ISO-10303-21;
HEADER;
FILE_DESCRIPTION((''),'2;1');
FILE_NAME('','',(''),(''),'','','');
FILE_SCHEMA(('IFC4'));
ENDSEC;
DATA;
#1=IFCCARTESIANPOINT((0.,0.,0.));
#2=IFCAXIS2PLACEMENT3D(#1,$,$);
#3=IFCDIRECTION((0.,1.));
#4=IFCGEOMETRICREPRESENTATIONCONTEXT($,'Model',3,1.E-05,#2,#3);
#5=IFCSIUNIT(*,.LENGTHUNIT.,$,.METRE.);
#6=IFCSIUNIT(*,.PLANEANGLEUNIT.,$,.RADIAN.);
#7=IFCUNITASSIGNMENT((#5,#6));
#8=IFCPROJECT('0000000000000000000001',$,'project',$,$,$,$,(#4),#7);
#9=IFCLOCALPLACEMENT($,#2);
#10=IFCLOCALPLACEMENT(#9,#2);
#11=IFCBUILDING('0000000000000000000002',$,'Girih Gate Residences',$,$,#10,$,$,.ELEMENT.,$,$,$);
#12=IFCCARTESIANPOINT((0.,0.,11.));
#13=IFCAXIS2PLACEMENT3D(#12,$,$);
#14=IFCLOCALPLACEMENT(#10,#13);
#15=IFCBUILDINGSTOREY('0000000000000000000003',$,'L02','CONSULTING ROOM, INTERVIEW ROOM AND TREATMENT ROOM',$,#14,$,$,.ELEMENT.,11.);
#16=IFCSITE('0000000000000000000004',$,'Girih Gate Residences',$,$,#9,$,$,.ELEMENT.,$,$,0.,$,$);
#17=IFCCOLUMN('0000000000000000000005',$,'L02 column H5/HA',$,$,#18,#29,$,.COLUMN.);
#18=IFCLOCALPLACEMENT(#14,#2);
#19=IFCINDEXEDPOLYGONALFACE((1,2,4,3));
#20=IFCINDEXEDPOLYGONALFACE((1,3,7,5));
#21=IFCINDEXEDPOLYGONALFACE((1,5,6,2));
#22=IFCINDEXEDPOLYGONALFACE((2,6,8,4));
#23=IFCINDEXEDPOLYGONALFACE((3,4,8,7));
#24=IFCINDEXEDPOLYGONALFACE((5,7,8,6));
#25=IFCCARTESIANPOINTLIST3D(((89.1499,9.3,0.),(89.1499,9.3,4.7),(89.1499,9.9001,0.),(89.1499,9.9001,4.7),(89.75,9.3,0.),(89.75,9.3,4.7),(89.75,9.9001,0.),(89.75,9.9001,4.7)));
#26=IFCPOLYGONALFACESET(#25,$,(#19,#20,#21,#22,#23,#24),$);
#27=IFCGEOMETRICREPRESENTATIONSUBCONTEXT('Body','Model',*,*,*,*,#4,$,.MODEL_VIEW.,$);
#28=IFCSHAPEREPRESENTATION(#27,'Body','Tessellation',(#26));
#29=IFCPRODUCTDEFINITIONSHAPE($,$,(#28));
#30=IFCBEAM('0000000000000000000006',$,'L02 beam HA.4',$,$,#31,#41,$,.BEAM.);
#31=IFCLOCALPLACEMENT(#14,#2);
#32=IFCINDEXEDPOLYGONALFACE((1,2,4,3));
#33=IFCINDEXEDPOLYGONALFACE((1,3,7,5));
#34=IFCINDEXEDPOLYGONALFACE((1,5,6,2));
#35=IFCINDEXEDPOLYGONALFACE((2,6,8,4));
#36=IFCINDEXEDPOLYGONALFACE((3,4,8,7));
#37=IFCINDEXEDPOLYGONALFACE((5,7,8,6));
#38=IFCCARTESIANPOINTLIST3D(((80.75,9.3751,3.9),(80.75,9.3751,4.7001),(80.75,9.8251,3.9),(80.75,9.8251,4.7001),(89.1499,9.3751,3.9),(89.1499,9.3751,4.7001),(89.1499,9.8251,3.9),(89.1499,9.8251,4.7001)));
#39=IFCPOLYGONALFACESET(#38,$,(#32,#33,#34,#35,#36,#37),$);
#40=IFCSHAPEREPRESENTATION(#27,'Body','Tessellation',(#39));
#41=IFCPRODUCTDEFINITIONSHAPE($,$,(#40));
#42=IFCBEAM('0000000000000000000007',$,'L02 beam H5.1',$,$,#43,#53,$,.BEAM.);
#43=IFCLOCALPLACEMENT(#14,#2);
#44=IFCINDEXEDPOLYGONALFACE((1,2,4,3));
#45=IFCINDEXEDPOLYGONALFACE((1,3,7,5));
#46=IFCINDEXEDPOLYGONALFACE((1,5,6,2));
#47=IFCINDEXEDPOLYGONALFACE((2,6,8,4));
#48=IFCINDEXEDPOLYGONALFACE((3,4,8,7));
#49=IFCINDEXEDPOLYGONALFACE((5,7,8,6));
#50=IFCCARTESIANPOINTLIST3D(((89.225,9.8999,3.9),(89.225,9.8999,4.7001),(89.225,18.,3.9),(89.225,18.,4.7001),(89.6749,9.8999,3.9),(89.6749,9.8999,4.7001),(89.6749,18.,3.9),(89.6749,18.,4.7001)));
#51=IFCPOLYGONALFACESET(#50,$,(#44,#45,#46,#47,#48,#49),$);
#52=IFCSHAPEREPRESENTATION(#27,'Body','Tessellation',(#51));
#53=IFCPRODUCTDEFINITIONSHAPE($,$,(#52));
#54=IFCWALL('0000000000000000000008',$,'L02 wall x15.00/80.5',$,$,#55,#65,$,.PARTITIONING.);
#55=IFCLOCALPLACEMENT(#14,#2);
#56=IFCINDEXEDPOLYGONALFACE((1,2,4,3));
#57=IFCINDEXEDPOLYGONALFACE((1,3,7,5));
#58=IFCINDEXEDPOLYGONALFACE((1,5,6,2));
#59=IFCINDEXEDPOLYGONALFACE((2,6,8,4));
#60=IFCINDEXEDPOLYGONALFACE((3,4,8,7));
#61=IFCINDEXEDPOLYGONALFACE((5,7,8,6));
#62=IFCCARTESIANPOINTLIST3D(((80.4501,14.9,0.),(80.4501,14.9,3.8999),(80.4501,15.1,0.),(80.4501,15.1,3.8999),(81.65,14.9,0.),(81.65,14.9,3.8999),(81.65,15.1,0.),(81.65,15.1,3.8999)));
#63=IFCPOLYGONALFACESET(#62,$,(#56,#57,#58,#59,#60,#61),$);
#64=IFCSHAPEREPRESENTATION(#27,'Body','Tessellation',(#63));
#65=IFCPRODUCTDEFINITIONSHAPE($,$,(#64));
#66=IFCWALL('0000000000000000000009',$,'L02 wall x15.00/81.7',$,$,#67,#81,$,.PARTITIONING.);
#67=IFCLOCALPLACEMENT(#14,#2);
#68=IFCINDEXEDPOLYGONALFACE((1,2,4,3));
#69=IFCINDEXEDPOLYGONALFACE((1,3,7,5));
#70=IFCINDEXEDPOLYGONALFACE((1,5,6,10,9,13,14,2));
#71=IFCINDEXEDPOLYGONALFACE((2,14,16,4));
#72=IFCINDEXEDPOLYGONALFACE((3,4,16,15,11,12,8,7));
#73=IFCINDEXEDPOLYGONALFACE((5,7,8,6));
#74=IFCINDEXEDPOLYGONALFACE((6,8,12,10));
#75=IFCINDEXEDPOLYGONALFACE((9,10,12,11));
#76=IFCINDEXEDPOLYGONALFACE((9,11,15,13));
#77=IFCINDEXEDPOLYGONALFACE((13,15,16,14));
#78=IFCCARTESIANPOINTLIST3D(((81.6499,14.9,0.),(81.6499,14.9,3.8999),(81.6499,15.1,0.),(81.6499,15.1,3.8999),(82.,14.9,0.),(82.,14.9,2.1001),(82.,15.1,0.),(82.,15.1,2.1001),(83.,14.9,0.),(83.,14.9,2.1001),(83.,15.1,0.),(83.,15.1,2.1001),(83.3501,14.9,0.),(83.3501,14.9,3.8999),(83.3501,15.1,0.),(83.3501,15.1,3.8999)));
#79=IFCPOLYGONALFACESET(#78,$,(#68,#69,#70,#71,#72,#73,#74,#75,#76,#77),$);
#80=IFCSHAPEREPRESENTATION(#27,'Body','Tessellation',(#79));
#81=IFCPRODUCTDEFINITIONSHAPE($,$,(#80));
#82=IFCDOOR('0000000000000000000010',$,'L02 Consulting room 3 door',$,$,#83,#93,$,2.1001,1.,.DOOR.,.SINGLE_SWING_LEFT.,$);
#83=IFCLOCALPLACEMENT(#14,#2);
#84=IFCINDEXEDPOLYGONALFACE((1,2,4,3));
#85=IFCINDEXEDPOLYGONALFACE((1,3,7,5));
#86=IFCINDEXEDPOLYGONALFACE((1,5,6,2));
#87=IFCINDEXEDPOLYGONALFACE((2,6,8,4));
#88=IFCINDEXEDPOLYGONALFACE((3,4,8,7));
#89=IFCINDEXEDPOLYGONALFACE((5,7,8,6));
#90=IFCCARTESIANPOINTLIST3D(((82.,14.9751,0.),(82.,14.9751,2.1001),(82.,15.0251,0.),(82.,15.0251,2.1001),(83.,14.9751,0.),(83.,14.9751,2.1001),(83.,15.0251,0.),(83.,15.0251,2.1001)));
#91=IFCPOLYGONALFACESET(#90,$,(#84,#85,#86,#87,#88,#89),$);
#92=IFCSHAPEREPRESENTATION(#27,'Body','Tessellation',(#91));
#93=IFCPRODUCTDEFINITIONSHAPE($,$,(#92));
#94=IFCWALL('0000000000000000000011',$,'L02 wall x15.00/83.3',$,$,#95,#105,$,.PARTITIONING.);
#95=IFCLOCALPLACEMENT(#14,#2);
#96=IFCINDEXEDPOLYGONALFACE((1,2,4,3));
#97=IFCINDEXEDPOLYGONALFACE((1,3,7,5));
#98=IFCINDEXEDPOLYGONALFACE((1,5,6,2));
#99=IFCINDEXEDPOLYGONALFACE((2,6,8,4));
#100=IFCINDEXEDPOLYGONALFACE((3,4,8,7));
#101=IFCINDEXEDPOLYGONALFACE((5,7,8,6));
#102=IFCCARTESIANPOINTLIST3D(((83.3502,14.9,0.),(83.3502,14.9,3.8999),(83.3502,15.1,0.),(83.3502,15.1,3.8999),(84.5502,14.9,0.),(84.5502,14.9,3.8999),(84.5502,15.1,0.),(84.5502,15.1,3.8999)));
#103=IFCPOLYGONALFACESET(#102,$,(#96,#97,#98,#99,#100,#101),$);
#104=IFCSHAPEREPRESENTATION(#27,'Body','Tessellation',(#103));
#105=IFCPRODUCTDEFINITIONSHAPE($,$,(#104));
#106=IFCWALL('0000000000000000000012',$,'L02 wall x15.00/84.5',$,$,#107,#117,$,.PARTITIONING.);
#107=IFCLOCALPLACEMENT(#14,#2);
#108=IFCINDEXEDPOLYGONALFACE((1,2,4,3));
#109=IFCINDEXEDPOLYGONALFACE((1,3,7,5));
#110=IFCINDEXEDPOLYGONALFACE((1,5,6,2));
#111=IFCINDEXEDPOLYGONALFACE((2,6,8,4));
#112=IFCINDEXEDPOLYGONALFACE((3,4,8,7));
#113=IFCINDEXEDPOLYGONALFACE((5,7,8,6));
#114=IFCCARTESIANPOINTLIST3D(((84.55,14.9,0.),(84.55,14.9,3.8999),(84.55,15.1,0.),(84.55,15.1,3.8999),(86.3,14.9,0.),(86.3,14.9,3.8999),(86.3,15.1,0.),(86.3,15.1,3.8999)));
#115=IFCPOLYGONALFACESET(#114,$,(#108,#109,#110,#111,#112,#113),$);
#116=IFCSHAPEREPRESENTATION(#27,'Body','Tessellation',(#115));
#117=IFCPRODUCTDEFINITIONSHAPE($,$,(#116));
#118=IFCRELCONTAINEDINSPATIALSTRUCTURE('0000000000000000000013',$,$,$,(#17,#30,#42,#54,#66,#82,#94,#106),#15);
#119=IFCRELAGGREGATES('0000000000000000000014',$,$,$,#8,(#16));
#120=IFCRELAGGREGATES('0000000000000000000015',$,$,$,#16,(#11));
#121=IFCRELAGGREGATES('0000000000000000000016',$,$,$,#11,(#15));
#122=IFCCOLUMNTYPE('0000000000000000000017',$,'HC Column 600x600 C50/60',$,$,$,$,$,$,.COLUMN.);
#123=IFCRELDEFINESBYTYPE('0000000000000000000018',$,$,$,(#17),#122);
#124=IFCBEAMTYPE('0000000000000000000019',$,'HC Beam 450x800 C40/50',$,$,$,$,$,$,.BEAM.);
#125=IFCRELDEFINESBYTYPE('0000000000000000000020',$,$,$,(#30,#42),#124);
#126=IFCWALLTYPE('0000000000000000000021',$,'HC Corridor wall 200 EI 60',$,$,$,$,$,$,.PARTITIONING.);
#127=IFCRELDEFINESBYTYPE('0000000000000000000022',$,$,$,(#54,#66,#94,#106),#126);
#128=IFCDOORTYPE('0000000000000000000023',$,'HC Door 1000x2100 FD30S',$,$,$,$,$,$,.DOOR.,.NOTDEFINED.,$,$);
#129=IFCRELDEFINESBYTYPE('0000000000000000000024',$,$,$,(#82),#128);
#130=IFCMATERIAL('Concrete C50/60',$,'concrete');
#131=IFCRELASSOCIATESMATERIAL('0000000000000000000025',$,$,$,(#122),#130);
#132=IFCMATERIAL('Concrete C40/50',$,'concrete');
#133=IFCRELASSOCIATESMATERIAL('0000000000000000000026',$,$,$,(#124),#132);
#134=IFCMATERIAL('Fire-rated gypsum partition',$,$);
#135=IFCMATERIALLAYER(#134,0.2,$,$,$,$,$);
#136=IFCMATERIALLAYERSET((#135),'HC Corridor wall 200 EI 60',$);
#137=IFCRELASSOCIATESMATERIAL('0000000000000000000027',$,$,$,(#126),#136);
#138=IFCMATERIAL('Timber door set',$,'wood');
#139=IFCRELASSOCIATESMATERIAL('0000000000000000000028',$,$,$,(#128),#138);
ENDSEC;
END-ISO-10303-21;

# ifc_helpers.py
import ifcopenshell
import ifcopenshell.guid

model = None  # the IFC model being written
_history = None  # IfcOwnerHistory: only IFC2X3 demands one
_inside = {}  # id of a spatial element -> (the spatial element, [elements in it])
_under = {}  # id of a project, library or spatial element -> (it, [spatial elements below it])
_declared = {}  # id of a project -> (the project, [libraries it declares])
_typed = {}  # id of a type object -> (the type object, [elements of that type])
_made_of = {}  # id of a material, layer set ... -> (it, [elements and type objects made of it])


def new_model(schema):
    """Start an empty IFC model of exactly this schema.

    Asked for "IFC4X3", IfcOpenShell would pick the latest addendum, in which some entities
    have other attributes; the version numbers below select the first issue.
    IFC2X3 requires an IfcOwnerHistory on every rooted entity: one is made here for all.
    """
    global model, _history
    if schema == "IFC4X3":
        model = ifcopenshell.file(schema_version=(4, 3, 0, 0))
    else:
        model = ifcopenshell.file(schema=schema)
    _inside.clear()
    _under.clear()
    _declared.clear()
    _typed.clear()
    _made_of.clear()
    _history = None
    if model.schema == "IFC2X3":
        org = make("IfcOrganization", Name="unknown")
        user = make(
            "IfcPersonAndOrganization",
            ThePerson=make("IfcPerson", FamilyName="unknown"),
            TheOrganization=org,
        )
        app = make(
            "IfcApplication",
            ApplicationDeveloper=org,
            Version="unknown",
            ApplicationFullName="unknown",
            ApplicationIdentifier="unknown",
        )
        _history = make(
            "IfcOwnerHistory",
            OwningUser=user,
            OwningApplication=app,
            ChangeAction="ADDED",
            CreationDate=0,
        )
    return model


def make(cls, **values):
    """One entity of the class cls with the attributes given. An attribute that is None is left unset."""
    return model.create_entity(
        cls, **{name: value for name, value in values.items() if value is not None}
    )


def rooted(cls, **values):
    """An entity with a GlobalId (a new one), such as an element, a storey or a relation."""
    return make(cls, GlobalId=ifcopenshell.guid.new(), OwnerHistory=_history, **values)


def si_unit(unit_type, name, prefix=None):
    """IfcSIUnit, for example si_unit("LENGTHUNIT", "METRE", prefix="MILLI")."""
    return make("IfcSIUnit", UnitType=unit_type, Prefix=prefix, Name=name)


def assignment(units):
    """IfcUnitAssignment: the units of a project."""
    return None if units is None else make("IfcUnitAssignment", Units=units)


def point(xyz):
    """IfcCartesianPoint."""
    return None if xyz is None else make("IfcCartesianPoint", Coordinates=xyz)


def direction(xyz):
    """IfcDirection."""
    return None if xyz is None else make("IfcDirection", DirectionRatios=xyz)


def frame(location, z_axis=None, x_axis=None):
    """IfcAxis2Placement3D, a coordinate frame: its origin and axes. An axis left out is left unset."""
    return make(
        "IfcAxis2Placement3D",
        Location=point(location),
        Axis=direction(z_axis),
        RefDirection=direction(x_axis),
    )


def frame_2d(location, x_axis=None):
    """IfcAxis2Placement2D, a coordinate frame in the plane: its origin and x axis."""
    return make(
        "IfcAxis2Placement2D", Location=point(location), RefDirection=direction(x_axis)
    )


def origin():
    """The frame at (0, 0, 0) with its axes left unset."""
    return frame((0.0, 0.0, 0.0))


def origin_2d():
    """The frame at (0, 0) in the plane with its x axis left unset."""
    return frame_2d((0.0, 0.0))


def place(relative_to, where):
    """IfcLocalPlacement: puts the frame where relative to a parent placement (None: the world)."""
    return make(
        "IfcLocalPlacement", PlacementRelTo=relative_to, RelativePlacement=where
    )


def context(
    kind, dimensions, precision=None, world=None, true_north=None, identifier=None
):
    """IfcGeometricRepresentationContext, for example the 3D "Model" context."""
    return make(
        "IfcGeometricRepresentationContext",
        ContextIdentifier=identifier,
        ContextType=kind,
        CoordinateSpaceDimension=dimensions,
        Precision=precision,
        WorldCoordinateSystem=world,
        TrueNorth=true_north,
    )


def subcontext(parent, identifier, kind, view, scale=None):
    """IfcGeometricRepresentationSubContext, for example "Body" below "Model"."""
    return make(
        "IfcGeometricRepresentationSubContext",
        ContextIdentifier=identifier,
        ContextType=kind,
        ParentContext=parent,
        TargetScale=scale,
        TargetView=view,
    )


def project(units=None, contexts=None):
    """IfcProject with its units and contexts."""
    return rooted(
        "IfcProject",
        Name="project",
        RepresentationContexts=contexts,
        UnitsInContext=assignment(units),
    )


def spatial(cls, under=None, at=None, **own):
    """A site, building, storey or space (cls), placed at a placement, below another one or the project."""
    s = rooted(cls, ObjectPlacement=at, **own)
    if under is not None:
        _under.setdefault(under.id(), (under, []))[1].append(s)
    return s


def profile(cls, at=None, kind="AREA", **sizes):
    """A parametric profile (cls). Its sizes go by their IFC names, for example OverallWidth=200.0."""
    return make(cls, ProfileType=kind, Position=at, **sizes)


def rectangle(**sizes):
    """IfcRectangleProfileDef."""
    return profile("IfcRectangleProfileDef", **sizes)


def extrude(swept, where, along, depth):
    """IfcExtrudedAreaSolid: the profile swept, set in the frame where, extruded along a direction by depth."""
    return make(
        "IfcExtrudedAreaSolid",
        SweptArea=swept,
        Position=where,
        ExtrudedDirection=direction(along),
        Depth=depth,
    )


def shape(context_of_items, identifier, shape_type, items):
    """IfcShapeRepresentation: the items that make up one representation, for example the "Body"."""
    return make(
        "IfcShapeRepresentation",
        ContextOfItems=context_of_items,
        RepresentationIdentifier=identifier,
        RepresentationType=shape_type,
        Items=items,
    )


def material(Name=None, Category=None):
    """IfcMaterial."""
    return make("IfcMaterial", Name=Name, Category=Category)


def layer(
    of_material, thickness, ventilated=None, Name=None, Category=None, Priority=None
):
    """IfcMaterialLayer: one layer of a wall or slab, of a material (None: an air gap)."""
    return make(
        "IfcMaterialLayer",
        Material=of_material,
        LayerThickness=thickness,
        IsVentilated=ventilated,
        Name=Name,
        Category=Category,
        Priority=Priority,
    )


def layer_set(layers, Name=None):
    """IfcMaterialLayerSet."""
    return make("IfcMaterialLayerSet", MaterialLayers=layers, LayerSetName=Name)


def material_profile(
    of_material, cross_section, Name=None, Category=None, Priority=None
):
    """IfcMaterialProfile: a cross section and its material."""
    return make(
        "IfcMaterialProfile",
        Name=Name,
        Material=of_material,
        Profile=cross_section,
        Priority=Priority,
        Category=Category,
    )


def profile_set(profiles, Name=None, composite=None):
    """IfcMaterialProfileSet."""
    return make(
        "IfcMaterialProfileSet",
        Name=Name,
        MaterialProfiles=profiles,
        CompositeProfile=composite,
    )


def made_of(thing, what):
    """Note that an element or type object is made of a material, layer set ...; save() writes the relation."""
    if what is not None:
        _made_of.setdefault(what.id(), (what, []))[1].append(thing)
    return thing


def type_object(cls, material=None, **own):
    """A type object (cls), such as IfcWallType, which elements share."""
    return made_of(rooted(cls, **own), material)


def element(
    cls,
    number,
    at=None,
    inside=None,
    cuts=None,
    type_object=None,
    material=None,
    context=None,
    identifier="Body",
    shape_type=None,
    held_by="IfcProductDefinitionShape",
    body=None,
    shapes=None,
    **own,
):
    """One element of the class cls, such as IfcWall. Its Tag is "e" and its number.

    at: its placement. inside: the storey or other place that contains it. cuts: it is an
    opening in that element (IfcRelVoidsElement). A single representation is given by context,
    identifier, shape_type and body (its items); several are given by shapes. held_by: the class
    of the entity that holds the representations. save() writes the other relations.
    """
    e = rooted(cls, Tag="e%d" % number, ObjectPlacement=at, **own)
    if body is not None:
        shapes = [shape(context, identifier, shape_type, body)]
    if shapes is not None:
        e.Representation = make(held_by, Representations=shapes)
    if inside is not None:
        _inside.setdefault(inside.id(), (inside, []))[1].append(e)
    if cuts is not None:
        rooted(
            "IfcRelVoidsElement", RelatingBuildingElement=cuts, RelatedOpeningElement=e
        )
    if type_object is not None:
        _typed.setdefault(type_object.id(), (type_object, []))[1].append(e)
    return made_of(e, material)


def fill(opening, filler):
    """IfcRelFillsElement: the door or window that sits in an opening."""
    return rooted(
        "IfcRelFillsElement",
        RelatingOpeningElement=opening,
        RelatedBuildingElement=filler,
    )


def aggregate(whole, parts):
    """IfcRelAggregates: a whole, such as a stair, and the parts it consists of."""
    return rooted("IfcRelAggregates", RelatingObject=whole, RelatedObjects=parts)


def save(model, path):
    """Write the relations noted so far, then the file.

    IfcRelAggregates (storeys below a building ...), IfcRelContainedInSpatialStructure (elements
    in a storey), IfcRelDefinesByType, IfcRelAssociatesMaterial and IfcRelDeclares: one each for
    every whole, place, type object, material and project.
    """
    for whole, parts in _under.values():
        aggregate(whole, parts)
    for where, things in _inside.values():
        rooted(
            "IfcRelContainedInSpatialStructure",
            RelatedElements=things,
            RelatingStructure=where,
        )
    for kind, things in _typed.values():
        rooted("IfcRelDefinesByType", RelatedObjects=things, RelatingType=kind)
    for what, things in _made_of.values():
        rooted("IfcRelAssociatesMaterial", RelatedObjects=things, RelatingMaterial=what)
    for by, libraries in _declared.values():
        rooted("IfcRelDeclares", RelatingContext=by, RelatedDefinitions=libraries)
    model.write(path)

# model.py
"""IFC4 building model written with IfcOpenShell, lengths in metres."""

from ifc_helpers import new_model, si_unit, direction, frame, frame_2d, origin, origin_2d, place, context, subcontext, project, spatial, rectangle, extrude, material, layer, layer_set, material_profile, profile_set, type_object, element, fill, save


model = new_model("IFC4")

# Units and contexts
model_context = context("Model", 3, precision=1e-05, world=origin(), true_north=direction((0.0, 1.0)))
body_context = subcontext(model_context, "Body", "Model", "MODEL_VIEW")
ifc_project = project(units=[si_unit("LENGTHUNIT", "METRE"), si_unit("PLANEANGLEUNIT", "RADIAN")], contexts=[model_context])

# Site, building, storey
site_placement = place(None, origin())
site = spatial("IfcSite", under=ifc_project, at=site_placement, Name="Girih Gate Residences", CompositionType="ELEMENT", RefElevation=0.0)
building_placement = place(site_placement, origin())
building = spatial("IfcBuilding", under=site, at=building_placement, Name="Girih Gate Residences", CompositionType="ELEMENT")
storey_placement = place(building_placement, frame((0.0, 0.0, 11.0)))
storey = spatial("IfcBuildingStorey", under=building, at=storey_placement, Name="L02", Description="CONSULTING ROOM, INTERVIEW ROOM AND TREATMENT ROOM", CompositionType="ELEMENT", Elevation=11.0)

# Column
ifc_material_1 = material(Name="Concrete C50/60", Category="concrete")
ifc_material_profile_1 = material_profile(ifc_material_1, rectangle(XDim=0.6001, YDim=0.6001, at=origin_2d()))
ifc_profile_set_1 = profile_set([ifc_material_profile_1], Name="Concrete C50/60")
column_type = type_object("IfcColumnType", Name="HC Column 600x600 C50/60", PredefinedType="COLUMN", material=ifc_profile_set_1)
column_placement = place(storey_placement, frame((89.45, 9.6001, 0.0), z_axis=(0.0, 0.0, 1.0), x_axis=(1.0, 0.0, 0.0)))
element("IfcColumn", 1, at=column_placement, inside=storey, type_object=column_type, Name="L02 column H5/HA", PredefinedType="COLUMN", context=body_context, shape_type="SweptSolid", body=[
    extrude(rectangle(XDim=0.6001, YDim=0.6001, at=origin_2d()), origin(), (0.0, 0.0, 1.0), 4.7),
])

# Beams
ifc_material_2 = material(Name="Concrete C40/50", Category="concrete")
ifc_material_profile_2 = material_profile(ifc_material_2, rectangle(XDim=0.45, YDim=0.8, at=origin_2d()))
ifc_profile_set_2 = profile_set([ifc_material_profile_2], Name="Concrete C40/50")
beam_type = type_object("IfcBeamType", Name="HC Beam 450x800 C40/50", PredefinedType="BEAM", material=ifc_profile_set_2)
beam_1_placement = place(storey_placement, frame((80.75, 9.6001, 4.3), z_axis=(1.0, 0.0, 0.0), x_axis=(0.0, 1.0, 0.0)))
element("IfcBeam", 2, at=beam_1_placement, inside=storey, type_object=beam_type, Name="L02 beam HA.4", PredefinedType="BEAM", context=body_context, shape_type="SweptSolid", body=[
    extrude(rectangle(XDim=0.45, YDim=0.8, at=origin_2d()), origin(), (0.0, 0.0, 1.0), 8.3999),
])
beam_2_placement = place(storey_placement, frame((89.45, 9.8999, 4.3), z_axis=(0.0, 1.0, 0.0), x_axis=(-1.0, 0.0, 0.0)))
element("IfcBeam", 3, at=beam_2_placement, inside=storey, type_object=beam_type, Name="L02 beam H5.1", PredefinedType="BEAM", context=body_context, shape_type="SweptSolid", body=[
    extrude(rectangle(XDim=0.45, YDim=0.8, at=origin_2d()), origin(), (0.0, 0.0, 1.0), 8.1001),
])

# Wall
ifc_material_3 = material(Name="Fire-rated gypsum partition")
ifc_layer_1 = layer(ifc_material_3, 0.2)
ifc_layer_set_1 = layer_set([ifc_layer_1], Name="HC Corridor wall 200 EI 60")
wall_type_1 = type_object("IfcWallType", Name="HC Corridor wall 200 EI 60", PredefinedType="PARTITIONING", material=ifc_layer_set_1)
wall_1_placement = place(storey_placement, frame((80.45, 15.0, 0.0), z_axis=(0.0, 0.0, 1.0), x_axis=(1.0, 0.0, 0.0)))
element("IfcWall", 4, at=wall_1_placement, inside=storey, type_object=wall_type_1, Name="L02 wall x15.00/80.5", PredefinedType="PARTITIONING", context=body_context, shape_type="SweptSolid", body=[
    extrude(rectangle(XDim=1.2, YDim=0.2, at=frame_2d((0.6001, 0.0))), origin(), (0.0, 0.0, 1.0), 3.8999),
])

# Wall, opening, door
wall_2_placement = place(storey_placement, frame((83.3501, 15.0, 0.0), z_axis=(0.0, 0.0, 1.0), x_axis=(-1.0, 0.0, 0.0)))
wall_2 = element("IfcWall", 5, at=wall_2_placement, inside=storey, type_object=wall_type_1, Name="L02 wall x15.00/81.7", PredefinedType="PARTITIONING", context=body_context, shape_type="SweptSolid", body=[
    extrude(rectangle(XDim=1.7002, YDim=0.2, at=frame_2d((0.8501, 0.0))), origin(), (0.0, 0.0, 1.0), 3.8999),
])
opening_1_placement = place(wall_2_placement, frame((0.3501, 0.0, 0.0)))
opening_1 = element("IfcOpeningElement", 6, at=opening_1_placement, cuts=wall_2, PredefinedType="OPENING", context=body_context, shape_type="SweptSolid", body=[
    extrude(rectangle(XDim=1.0, YDim=2.1001, at=frame_2d((0.5, 1.05))), frame((0.0, 0.1099, 0.0), z_axis=(0.0, -1.0, 0.0), x_axis=(1.0, 0.0, 0.0)), (0.0, 0.0, 1.0), 0.22),
])
ifc_material_4 = material(Name="Timber door set", Category="wood")
door_type = type_object("IfcDoorType", Name="HC Door 1000x2100 FD30S", OperationType="NOTDEFINED", PredefinedType="DOOR", material=ifc_material_4)
door_placement = place(opening_1_placement, origin())
door = element("IfcDoor", 7, at=door_placement, inside=storey, type_object=door_type, Name="L02 Consulting room 3 door", OperationType="SINGLE_SWING_LEFT", OverallHeight=2.1001, OverallWidth=1.0, PredefinedType="DOOR", context=body_context, shape_type="SweptSolid", body=[
    extrude(rectangle(XDim=1.0, YDim=2.1001, at=frame_2d((0.5, 1.05))), frame((0.0, 0.0249, 0.0), z_axis=(0.0, -1.0, 0.0), x_axis=(1.0, 0.0, 0.0)), (0.0, 0.0, 1.0), 0.05),
])
fill(opening_1, door)

# Walls
wall_3_placement = place(storey_placement, frame((83.3501, 15.0, 0.0), z_axis=(0.0, 0.0, 1.0), x_axis=(1.0, 0.0, 0.0)))
element("IfcWall", 8, at=wall_3_placement, inside=storey, type_object=wall_type_1, Name="L02 wall x15.00/83.3", PredefinedType="PARTITIONING", context=body_context, shape_type="SweptSolid", body=[
    extrude(rectangle(XDim=1.2, YDim=0.2, at=frame_2d((0.6001, 0.0))), origin(), (0.0, 0.0, 1.0), 3.8999),
])
wall_4_placement = place(storey_placement, frame((84.55, 15.0, 0.0), z_axis=(0.0, 0.0, 1.0), x_axis=(1.0, 0.0, 0.0)))
element("IfcWall", 9, at=wall_4_placement, inside=storey, type_object=wall_type_1, Name="L02 wall x15.00/84.5", PredefinedType="PARTITIONING", context=body_context, shape_type="SweptSolid", body=[
    extrude(rectangle(XDim=1.75, YDim=0.2, at=frame_2d((0.875, 0.0))), origin(), (0.0, 0.0, 1.0), 3.8999),
])

save(model, "model.ifc")
